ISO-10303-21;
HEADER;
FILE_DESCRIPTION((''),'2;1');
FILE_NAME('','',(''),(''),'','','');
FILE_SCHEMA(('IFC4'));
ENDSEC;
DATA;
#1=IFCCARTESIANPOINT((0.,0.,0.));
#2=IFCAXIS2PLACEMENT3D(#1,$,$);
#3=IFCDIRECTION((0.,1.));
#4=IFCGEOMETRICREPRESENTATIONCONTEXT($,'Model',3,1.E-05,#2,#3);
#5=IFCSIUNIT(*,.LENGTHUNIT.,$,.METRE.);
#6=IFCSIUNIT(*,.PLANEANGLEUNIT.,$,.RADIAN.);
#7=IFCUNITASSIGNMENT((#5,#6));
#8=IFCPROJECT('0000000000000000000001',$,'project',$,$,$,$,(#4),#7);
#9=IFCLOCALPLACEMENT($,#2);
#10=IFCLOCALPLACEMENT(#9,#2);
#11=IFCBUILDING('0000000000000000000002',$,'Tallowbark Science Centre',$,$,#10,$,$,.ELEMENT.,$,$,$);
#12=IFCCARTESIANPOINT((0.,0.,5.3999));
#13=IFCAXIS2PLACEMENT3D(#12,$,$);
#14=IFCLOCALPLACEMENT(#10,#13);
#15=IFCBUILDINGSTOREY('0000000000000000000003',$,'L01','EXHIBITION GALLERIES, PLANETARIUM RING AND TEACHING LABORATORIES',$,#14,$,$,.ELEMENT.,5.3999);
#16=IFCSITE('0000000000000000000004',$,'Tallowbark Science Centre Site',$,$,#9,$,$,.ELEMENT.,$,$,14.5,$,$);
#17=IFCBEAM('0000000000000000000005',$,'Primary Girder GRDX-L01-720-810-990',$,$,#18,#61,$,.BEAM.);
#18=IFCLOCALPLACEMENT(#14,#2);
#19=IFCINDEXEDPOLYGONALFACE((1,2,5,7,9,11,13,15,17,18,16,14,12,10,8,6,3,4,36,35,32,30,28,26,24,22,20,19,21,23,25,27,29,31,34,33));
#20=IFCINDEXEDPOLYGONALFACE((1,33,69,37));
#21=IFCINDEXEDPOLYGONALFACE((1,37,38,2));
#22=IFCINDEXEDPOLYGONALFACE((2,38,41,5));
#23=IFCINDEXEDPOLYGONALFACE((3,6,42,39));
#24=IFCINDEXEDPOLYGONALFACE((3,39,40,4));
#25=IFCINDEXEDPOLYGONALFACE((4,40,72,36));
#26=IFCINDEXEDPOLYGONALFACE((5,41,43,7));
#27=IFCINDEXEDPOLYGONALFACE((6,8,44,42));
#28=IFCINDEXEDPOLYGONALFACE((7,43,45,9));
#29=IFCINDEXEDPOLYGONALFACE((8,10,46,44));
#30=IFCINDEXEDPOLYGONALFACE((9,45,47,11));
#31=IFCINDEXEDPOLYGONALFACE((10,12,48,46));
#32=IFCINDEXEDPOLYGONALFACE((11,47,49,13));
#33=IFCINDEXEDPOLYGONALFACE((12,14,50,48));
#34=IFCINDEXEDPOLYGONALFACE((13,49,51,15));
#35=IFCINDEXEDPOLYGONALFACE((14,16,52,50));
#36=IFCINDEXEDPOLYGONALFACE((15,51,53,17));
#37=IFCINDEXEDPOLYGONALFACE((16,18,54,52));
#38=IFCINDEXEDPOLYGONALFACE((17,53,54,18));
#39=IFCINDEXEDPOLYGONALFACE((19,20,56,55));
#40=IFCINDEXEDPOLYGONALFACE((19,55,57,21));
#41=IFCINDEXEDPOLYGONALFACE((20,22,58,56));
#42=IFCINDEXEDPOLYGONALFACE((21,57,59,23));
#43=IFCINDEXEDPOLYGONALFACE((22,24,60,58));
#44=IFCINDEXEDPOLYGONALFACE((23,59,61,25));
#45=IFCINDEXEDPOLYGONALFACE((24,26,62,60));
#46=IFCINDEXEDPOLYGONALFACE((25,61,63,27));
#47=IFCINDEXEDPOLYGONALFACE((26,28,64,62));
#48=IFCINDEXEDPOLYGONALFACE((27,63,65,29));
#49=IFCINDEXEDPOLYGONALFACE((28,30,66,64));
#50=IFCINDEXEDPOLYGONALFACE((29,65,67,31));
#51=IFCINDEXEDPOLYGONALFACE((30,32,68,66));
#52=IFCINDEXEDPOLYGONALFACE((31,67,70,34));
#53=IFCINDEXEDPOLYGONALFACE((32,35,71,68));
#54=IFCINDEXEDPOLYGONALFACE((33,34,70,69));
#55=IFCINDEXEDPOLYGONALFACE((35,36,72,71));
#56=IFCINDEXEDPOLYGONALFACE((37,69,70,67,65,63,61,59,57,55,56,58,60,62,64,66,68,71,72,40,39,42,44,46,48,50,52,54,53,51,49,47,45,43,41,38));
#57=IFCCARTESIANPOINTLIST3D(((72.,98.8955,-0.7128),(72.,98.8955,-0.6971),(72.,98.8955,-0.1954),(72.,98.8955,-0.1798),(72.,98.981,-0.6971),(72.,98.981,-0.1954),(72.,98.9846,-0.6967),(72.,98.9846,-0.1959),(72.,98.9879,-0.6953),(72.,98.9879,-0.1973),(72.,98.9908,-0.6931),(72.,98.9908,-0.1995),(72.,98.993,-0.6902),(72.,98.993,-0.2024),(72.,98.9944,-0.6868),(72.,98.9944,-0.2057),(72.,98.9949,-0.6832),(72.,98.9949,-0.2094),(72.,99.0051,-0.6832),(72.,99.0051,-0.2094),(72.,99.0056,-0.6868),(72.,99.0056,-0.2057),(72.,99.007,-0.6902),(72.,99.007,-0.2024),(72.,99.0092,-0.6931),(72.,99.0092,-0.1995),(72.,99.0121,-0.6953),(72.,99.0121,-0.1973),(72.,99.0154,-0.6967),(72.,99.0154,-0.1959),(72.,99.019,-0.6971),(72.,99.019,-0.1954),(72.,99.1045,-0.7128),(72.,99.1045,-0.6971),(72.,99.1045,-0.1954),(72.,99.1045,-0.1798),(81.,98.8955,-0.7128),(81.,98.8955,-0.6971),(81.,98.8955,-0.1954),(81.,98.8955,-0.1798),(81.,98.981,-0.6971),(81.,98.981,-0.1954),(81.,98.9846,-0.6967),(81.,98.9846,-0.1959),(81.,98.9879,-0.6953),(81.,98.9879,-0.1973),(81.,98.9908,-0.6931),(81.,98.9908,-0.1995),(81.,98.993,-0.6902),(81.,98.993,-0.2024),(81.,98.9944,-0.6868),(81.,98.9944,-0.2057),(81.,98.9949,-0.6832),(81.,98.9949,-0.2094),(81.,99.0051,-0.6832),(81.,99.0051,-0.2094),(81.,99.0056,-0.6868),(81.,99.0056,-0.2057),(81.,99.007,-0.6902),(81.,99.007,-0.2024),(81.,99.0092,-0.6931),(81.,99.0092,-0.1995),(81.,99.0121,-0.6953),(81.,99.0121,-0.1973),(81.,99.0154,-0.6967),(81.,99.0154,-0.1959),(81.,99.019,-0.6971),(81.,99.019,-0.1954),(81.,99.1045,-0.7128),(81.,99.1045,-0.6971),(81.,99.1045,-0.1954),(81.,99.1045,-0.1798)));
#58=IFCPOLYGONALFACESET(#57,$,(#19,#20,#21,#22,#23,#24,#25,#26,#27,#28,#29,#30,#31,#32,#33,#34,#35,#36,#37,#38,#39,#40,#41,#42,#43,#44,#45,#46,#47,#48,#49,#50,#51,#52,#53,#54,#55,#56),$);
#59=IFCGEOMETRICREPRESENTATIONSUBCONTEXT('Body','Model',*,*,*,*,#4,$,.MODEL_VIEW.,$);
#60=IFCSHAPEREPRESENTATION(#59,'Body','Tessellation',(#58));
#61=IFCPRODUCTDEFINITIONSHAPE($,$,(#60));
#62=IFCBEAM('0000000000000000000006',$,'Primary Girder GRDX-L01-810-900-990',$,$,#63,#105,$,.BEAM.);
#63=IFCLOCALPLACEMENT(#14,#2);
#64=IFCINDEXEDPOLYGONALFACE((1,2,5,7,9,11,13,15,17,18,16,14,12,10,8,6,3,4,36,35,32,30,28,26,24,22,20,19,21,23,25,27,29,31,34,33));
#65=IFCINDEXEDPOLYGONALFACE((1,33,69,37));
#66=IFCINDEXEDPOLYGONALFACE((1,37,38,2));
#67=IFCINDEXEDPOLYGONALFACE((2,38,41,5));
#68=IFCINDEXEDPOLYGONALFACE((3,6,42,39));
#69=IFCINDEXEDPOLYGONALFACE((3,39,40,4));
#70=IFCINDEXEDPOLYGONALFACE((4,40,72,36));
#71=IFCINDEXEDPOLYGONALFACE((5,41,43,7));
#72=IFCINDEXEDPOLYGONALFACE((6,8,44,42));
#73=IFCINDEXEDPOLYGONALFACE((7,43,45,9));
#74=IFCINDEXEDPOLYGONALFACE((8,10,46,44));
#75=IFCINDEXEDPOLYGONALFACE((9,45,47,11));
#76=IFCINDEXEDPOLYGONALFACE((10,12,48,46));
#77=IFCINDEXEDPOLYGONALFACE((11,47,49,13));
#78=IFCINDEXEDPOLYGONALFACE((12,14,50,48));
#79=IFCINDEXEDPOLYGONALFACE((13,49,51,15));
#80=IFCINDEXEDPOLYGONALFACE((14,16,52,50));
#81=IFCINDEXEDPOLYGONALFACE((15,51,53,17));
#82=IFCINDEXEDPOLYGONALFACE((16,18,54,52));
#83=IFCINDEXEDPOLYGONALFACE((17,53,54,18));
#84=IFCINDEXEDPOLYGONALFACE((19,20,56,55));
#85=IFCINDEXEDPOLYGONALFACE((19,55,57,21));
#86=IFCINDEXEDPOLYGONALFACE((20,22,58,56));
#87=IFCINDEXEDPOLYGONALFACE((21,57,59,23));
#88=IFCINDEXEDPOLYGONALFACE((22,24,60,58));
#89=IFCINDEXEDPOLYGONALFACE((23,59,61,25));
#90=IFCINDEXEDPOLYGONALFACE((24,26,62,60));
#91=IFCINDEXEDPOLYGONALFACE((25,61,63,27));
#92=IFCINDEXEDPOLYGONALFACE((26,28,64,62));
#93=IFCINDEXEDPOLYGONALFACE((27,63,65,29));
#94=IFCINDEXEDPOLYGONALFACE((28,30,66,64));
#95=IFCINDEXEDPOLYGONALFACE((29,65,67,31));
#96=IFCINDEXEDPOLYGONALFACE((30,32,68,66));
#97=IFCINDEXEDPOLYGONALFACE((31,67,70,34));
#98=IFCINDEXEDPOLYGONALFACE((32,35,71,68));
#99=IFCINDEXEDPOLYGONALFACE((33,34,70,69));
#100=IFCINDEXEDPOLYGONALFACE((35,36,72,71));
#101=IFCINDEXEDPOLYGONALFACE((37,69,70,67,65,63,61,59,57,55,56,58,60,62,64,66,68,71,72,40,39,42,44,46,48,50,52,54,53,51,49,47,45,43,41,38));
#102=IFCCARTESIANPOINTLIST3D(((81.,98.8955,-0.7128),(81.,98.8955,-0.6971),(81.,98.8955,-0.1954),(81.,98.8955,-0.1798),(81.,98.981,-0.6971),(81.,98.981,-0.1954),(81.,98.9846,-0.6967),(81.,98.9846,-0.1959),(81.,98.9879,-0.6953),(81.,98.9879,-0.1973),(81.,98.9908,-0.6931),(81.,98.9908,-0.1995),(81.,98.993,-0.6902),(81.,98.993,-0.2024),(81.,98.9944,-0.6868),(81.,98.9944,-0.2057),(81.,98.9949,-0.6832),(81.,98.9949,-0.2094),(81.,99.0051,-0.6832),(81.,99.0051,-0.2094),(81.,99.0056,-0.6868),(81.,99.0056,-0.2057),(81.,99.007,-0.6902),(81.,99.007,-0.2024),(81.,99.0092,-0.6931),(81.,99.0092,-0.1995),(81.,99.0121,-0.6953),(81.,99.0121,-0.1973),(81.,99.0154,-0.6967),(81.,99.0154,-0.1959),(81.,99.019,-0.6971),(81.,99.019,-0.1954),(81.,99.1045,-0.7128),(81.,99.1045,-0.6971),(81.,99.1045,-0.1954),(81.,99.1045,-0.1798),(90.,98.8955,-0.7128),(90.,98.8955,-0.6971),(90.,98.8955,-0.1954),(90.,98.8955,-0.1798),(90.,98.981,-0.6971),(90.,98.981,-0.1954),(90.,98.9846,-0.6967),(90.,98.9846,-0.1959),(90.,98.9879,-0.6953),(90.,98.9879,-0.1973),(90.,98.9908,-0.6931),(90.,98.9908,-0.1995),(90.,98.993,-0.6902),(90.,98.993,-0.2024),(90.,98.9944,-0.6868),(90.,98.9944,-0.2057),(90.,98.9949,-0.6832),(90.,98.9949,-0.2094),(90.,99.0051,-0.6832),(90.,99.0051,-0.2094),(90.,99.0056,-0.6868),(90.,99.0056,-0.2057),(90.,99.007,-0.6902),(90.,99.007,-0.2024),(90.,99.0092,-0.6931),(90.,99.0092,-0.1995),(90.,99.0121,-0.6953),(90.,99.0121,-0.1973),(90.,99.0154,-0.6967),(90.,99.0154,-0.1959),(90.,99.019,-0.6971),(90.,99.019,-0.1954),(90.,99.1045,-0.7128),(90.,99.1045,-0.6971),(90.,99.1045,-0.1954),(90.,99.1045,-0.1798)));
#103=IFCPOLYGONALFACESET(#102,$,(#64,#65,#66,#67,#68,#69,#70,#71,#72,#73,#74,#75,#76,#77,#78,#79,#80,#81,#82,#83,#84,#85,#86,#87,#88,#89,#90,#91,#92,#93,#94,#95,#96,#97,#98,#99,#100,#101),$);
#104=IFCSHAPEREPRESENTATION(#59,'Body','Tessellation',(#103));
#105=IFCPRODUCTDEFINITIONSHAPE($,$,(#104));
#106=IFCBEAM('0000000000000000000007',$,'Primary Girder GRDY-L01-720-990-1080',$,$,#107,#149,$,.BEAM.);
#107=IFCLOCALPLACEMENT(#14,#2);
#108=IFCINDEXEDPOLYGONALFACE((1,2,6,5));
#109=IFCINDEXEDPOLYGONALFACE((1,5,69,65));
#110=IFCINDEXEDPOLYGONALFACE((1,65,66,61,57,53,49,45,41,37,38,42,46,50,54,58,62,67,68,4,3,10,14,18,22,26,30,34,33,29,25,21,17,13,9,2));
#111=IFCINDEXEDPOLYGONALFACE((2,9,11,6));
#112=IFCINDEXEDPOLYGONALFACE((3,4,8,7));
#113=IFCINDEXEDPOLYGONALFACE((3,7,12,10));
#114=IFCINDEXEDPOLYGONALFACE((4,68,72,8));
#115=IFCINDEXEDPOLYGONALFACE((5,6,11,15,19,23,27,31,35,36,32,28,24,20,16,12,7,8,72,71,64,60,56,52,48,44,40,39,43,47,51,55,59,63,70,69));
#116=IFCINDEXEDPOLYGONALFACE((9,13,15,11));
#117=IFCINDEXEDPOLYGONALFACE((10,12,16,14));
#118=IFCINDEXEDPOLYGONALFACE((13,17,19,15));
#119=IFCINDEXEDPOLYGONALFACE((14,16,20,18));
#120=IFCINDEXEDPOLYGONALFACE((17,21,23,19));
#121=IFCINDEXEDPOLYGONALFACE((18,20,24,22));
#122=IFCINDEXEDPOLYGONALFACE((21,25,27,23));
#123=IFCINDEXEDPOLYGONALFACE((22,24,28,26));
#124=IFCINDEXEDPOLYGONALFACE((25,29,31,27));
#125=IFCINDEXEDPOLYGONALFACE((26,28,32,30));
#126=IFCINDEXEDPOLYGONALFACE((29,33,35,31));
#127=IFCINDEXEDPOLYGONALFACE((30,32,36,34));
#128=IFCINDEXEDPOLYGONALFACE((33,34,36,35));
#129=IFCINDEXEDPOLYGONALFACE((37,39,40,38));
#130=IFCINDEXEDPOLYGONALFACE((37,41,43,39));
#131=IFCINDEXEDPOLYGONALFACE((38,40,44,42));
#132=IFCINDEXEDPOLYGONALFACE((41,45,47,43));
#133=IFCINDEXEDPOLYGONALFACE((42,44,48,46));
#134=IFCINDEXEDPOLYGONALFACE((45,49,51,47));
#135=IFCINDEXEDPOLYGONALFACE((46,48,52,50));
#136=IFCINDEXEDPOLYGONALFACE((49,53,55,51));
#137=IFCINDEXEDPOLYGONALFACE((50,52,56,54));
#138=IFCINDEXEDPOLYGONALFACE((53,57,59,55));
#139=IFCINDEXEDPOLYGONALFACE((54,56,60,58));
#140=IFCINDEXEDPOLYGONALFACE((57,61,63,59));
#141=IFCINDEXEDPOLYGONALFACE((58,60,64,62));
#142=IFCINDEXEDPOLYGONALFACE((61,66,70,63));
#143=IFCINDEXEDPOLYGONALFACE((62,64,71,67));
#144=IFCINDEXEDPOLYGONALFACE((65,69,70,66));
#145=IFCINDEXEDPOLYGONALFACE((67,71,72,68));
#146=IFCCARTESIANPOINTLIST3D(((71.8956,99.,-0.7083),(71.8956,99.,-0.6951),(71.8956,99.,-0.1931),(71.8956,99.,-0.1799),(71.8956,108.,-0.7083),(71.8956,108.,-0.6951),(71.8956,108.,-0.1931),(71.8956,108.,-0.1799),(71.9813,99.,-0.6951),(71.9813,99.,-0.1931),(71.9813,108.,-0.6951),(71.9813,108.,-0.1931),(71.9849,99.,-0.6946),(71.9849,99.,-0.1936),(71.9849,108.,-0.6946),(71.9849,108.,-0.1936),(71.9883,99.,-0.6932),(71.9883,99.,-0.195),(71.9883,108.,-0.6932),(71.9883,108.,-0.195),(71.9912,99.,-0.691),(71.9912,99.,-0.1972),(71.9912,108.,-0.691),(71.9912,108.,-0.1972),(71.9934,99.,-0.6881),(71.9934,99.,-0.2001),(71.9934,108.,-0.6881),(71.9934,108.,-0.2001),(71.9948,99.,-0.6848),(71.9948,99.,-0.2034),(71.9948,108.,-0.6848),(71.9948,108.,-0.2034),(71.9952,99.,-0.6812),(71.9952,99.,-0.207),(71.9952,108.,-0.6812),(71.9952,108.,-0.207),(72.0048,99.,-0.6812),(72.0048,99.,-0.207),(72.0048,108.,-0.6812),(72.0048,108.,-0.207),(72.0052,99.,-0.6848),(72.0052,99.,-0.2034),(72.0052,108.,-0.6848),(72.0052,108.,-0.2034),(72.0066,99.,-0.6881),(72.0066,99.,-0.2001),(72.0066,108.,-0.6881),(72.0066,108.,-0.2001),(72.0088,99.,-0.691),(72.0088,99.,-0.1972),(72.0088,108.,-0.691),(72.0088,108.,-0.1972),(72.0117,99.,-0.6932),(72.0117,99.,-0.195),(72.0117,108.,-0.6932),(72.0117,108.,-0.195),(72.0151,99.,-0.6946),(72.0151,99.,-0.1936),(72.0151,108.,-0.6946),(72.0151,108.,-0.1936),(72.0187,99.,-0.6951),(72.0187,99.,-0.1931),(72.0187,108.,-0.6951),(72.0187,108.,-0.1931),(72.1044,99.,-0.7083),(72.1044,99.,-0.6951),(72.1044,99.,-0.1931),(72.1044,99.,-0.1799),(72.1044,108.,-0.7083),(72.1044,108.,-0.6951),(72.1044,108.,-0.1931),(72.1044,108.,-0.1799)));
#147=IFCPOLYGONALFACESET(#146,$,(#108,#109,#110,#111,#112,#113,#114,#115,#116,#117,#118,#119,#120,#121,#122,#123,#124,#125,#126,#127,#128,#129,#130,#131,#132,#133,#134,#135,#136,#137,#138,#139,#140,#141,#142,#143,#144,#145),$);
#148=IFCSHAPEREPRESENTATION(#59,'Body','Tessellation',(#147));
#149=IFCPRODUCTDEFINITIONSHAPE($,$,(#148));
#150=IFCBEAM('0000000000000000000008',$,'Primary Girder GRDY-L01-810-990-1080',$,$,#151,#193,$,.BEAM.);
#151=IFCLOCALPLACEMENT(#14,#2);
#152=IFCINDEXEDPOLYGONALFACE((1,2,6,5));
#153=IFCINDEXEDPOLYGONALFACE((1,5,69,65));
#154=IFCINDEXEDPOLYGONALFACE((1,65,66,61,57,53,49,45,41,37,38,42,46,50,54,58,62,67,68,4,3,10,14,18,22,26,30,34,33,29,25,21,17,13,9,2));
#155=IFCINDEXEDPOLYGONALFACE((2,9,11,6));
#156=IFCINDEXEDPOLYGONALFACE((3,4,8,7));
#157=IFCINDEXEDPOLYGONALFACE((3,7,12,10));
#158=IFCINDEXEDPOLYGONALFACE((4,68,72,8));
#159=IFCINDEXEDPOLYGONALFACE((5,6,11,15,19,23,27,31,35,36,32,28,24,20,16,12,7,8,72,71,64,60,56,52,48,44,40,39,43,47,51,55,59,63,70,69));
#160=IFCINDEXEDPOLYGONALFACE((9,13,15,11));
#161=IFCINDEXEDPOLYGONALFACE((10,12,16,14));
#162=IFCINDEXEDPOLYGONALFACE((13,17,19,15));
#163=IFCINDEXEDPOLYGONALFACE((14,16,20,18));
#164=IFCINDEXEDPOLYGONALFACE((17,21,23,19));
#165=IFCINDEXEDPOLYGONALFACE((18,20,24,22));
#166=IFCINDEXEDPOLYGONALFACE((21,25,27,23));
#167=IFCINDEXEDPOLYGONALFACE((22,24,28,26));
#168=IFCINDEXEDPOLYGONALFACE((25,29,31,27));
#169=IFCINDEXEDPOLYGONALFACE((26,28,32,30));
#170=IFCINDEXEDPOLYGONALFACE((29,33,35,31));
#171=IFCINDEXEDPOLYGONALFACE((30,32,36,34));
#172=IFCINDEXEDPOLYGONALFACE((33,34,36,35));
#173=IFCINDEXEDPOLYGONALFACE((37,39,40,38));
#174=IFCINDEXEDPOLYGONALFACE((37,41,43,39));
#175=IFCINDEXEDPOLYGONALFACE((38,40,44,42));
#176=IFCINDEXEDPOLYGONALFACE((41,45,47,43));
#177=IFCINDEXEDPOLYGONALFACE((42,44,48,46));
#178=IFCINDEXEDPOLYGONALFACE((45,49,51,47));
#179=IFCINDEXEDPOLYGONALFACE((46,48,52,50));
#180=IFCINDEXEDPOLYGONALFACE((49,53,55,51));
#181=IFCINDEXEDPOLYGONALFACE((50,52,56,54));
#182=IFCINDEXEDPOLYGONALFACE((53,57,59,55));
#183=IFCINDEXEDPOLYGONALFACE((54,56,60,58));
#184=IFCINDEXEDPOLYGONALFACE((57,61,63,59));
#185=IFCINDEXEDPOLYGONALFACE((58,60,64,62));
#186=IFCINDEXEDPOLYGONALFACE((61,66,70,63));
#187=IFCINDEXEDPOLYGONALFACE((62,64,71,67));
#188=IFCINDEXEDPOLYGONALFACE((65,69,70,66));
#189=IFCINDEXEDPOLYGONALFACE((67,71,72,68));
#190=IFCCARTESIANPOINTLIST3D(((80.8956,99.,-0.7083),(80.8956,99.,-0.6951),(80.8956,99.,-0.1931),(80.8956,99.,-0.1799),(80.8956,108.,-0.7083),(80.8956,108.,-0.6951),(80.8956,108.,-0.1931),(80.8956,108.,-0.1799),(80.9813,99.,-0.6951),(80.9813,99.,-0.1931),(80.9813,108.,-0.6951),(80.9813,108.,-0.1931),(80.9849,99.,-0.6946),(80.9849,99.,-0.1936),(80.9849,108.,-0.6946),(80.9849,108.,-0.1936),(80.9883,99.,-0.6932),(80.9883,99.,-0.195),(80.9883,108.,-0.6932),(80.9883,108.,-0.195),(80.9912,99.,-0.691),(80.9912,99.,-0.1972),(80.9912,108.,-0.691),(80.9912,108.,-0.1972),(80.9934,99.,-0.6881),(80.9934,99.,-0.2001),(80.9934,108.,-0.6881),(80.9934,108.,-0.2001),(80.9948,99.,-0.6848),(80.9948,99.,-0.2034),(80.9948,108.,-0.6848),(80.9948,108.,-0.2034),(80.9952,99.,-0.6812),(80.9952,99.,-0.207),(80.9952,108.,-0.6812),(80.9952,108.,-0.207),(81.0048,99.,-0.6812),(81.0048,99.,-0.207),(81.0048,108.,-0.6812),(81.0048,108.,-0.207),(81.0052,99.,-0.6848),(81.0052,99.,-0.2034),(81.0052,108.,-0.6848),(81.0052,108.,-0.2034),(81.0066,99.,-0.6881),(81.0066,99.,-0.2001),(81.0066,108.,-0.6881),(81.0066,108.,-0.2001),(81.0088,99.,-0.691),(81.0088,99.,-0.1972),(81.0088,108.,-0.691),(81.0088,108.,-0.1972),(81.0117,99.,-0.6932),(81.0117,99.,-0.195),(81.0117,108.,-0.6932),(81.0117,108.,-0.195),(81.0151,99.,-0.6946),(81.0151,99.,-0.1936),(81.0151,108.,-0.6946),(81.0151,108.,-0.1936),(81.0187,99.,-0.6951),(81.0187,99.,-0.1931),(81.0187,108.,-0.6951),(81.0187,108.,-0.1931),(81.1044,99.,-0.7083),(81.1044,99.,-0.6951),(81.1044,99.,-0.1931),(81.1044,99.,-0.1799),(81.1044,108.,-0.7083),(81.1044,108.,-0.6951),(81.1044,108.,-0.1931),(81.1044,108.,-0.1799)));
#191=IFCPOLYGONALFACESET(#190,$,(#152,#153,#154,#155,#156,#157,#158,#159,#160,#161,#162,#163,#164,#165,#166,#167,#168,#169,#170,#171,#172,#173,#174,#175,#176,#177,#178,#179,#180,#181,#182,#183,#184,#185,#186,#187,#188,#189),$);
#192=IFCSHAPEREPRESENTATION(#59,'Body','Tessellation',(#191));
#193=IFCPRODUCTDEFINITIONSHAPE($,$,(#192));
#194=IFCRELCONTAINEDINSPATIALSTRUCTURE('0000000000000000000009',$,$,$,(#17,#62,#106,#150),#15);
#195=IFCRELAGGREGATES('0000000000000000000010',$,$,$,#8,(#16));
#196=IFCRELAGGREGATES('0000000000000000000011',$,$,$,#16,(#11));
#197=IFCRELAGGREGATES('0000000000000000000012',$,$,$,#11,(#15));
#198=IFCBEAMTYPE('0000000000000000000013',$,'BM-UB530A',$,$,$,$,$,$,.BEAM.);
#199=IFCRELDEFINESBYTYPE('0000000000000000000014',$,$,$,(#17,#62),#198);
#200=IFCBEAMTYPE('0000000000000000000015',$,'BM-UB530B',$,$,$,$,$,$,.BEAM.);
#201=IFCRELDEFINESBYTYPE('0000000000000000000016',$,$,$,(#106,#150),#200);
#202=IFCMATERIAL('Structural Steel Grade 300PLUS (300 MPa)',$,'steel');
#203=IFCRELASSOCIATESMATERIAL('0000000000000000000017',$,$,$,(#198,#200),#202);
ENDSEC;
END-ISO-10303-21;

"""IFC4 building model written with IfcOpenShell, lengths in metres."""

from ifc_helpers import new_model, si_unit, direction, frame, origin, origin_2d, place, context, subcontext, project, spatial, i_section, extrude, material, material_profile, profile_set, type_object, element, save


model = new_model("IFC4")

# Units and contexts
model_context = context("Model", 3, precision=1e-05, world=origin(), true_north=direction((0.0, 1.0)))
body_context = subcontext(model_context, "Body", "Model", "MODEL_VIEW")
ifc_project = project(units=[si_unit("LENGTHUNIT", "METRE"), si_unit("PLANEANGLEUNIT", "RADIAN")], contexts=[model_context])

# Site, building, storey
site_placement = place(None, origin())
site = spatial("IfcSite", under=ifc_project, at=site_placement, Name="Tallowbark Science Centre Site", CompositionType="ELEMENT", RefElevation=14.5)
building_placement = place(site_placement, origin())
building = spatial("IfcBuilding", under=site, at=building_placement, Name="Tallowbark Science Centre", CompositionType="ELEMENT")
storey_placement = place(building_placement, frame((0.0, 0.0, 5.3999)))
storey = spatial("IfcBuildingStorey", under=building, at=storey_placement, Name="L01", Description="EXHIBITION GALLERIES, PLANETARIUM RING AND TEACHING LABORATORIES", CompositionType="ELEMENT", Elevation=5.3999)

# Shared definitions
ifc_material_1 = material(Name="Structural Steel Grade 300PLUS (300 MPa)", Category="steel")

# Beams
ifc_material_profile_1 = material_profile(ifc_material_1, i_section(OverallWidth=0.209, OverallDepth=0.533, WebThickness=0.0103, FlangeThickness=0.0156, FilletRadius=0.0139, at=origin_2d()), Name="530UB92.4")
ifc_profile_set_1 = profile_set([ifc_material_profile_1], Name="Structural Steel Grade 300PLUS (300 MPa)")
beam_type_1 = type_object("IfcBeamType", Name="BM-UB530A", PredefinedType="BEAM", material=ifc_profile_set_1)
for number, where, z_axis, x_axis, name in (
    (1, (72.0, 99.0, -0.4463), (1.0, 0.0, 0.0), (0.0, 1.0, 0.0), "Primary Girder GRDX-L01-720-810-990"),
    (2, (81.0, 99.0, -0.4463), (1.0, 0.0, 0.0), (0.0, 1.0, 0.0), "Primary Girder GRDX-L01-810-900-990"),
):
    element("IfcBeam", number, at=place(storey_placement, frame(where, z_axis=z_axis, x_axis=x_axis)), inside=storey, type_object=beam_type_1, Name=name, PredefinedType="BEAM", context=body_context, shape_type="SweptSolid", body=[
        extrude(i_section(OverallWidth=0.209, OverallDepth=0.533, WebThickness=0.0103, FlangeThickness=0.0156, FilletRadius=0.0139, at=origin_2d()), origin(), (0.0, 0.0, 1.0), 9.0),
    ])
ifc_material_profile_2 = material_profile(ifc_material_1, i_section(OverallWidth=0.2087, OverallDepth=0.5283, WebThickness=0.0095, FlangeThickness=0.0132, FilletRadius=0.0139, at=origin_2d()), Name="530UB82.0")
ifc_profile_set_2 = profile_set([ifc_material_profile_2], Name="Structural Steel Grade 300PLUS (300 MPa)")
beam_type_2 = type_object("IfcBeamType", Name="BM-UB530B", PredefinedType="BEAM", material=ifc_profile_set_2)
for number, where, z_axis, x_axis, name in (
    (3, (72.0, 99.0, -0.4441), (0.0, 1.0, 0.0), (-1.0, 0.0, 0.0), "Primary Girder GRDY-L01-720-990-1080"),
    (4, (81.0, 99.0, -0.4441), (0.0, 1.0, 0.0), (-1.0, 0.0, 0.0), "Primary Girder GRDY-L01-810-990-1080"),
):
    element("IfcBeam", number, at=place(storey_placement, frame(where, z_axis=z_axis, x_axis=x_axis)), inside=storey, type_object=beam_type_2, Name=name, PredefinedType="BEAM", context=body_context, shape_type="SweptSolid", body=[
        extrude(i_section(OverallWidth=0.2087, OverallDepth=0.5283, WebThickness=0.0095, FlangeThickness=0.0132, FilletRadius=0.0139, at=origin_2d()), origin(), (0.0, 0.0, 1.0), 9.0),
    ])

save(model, "model.ifc")
